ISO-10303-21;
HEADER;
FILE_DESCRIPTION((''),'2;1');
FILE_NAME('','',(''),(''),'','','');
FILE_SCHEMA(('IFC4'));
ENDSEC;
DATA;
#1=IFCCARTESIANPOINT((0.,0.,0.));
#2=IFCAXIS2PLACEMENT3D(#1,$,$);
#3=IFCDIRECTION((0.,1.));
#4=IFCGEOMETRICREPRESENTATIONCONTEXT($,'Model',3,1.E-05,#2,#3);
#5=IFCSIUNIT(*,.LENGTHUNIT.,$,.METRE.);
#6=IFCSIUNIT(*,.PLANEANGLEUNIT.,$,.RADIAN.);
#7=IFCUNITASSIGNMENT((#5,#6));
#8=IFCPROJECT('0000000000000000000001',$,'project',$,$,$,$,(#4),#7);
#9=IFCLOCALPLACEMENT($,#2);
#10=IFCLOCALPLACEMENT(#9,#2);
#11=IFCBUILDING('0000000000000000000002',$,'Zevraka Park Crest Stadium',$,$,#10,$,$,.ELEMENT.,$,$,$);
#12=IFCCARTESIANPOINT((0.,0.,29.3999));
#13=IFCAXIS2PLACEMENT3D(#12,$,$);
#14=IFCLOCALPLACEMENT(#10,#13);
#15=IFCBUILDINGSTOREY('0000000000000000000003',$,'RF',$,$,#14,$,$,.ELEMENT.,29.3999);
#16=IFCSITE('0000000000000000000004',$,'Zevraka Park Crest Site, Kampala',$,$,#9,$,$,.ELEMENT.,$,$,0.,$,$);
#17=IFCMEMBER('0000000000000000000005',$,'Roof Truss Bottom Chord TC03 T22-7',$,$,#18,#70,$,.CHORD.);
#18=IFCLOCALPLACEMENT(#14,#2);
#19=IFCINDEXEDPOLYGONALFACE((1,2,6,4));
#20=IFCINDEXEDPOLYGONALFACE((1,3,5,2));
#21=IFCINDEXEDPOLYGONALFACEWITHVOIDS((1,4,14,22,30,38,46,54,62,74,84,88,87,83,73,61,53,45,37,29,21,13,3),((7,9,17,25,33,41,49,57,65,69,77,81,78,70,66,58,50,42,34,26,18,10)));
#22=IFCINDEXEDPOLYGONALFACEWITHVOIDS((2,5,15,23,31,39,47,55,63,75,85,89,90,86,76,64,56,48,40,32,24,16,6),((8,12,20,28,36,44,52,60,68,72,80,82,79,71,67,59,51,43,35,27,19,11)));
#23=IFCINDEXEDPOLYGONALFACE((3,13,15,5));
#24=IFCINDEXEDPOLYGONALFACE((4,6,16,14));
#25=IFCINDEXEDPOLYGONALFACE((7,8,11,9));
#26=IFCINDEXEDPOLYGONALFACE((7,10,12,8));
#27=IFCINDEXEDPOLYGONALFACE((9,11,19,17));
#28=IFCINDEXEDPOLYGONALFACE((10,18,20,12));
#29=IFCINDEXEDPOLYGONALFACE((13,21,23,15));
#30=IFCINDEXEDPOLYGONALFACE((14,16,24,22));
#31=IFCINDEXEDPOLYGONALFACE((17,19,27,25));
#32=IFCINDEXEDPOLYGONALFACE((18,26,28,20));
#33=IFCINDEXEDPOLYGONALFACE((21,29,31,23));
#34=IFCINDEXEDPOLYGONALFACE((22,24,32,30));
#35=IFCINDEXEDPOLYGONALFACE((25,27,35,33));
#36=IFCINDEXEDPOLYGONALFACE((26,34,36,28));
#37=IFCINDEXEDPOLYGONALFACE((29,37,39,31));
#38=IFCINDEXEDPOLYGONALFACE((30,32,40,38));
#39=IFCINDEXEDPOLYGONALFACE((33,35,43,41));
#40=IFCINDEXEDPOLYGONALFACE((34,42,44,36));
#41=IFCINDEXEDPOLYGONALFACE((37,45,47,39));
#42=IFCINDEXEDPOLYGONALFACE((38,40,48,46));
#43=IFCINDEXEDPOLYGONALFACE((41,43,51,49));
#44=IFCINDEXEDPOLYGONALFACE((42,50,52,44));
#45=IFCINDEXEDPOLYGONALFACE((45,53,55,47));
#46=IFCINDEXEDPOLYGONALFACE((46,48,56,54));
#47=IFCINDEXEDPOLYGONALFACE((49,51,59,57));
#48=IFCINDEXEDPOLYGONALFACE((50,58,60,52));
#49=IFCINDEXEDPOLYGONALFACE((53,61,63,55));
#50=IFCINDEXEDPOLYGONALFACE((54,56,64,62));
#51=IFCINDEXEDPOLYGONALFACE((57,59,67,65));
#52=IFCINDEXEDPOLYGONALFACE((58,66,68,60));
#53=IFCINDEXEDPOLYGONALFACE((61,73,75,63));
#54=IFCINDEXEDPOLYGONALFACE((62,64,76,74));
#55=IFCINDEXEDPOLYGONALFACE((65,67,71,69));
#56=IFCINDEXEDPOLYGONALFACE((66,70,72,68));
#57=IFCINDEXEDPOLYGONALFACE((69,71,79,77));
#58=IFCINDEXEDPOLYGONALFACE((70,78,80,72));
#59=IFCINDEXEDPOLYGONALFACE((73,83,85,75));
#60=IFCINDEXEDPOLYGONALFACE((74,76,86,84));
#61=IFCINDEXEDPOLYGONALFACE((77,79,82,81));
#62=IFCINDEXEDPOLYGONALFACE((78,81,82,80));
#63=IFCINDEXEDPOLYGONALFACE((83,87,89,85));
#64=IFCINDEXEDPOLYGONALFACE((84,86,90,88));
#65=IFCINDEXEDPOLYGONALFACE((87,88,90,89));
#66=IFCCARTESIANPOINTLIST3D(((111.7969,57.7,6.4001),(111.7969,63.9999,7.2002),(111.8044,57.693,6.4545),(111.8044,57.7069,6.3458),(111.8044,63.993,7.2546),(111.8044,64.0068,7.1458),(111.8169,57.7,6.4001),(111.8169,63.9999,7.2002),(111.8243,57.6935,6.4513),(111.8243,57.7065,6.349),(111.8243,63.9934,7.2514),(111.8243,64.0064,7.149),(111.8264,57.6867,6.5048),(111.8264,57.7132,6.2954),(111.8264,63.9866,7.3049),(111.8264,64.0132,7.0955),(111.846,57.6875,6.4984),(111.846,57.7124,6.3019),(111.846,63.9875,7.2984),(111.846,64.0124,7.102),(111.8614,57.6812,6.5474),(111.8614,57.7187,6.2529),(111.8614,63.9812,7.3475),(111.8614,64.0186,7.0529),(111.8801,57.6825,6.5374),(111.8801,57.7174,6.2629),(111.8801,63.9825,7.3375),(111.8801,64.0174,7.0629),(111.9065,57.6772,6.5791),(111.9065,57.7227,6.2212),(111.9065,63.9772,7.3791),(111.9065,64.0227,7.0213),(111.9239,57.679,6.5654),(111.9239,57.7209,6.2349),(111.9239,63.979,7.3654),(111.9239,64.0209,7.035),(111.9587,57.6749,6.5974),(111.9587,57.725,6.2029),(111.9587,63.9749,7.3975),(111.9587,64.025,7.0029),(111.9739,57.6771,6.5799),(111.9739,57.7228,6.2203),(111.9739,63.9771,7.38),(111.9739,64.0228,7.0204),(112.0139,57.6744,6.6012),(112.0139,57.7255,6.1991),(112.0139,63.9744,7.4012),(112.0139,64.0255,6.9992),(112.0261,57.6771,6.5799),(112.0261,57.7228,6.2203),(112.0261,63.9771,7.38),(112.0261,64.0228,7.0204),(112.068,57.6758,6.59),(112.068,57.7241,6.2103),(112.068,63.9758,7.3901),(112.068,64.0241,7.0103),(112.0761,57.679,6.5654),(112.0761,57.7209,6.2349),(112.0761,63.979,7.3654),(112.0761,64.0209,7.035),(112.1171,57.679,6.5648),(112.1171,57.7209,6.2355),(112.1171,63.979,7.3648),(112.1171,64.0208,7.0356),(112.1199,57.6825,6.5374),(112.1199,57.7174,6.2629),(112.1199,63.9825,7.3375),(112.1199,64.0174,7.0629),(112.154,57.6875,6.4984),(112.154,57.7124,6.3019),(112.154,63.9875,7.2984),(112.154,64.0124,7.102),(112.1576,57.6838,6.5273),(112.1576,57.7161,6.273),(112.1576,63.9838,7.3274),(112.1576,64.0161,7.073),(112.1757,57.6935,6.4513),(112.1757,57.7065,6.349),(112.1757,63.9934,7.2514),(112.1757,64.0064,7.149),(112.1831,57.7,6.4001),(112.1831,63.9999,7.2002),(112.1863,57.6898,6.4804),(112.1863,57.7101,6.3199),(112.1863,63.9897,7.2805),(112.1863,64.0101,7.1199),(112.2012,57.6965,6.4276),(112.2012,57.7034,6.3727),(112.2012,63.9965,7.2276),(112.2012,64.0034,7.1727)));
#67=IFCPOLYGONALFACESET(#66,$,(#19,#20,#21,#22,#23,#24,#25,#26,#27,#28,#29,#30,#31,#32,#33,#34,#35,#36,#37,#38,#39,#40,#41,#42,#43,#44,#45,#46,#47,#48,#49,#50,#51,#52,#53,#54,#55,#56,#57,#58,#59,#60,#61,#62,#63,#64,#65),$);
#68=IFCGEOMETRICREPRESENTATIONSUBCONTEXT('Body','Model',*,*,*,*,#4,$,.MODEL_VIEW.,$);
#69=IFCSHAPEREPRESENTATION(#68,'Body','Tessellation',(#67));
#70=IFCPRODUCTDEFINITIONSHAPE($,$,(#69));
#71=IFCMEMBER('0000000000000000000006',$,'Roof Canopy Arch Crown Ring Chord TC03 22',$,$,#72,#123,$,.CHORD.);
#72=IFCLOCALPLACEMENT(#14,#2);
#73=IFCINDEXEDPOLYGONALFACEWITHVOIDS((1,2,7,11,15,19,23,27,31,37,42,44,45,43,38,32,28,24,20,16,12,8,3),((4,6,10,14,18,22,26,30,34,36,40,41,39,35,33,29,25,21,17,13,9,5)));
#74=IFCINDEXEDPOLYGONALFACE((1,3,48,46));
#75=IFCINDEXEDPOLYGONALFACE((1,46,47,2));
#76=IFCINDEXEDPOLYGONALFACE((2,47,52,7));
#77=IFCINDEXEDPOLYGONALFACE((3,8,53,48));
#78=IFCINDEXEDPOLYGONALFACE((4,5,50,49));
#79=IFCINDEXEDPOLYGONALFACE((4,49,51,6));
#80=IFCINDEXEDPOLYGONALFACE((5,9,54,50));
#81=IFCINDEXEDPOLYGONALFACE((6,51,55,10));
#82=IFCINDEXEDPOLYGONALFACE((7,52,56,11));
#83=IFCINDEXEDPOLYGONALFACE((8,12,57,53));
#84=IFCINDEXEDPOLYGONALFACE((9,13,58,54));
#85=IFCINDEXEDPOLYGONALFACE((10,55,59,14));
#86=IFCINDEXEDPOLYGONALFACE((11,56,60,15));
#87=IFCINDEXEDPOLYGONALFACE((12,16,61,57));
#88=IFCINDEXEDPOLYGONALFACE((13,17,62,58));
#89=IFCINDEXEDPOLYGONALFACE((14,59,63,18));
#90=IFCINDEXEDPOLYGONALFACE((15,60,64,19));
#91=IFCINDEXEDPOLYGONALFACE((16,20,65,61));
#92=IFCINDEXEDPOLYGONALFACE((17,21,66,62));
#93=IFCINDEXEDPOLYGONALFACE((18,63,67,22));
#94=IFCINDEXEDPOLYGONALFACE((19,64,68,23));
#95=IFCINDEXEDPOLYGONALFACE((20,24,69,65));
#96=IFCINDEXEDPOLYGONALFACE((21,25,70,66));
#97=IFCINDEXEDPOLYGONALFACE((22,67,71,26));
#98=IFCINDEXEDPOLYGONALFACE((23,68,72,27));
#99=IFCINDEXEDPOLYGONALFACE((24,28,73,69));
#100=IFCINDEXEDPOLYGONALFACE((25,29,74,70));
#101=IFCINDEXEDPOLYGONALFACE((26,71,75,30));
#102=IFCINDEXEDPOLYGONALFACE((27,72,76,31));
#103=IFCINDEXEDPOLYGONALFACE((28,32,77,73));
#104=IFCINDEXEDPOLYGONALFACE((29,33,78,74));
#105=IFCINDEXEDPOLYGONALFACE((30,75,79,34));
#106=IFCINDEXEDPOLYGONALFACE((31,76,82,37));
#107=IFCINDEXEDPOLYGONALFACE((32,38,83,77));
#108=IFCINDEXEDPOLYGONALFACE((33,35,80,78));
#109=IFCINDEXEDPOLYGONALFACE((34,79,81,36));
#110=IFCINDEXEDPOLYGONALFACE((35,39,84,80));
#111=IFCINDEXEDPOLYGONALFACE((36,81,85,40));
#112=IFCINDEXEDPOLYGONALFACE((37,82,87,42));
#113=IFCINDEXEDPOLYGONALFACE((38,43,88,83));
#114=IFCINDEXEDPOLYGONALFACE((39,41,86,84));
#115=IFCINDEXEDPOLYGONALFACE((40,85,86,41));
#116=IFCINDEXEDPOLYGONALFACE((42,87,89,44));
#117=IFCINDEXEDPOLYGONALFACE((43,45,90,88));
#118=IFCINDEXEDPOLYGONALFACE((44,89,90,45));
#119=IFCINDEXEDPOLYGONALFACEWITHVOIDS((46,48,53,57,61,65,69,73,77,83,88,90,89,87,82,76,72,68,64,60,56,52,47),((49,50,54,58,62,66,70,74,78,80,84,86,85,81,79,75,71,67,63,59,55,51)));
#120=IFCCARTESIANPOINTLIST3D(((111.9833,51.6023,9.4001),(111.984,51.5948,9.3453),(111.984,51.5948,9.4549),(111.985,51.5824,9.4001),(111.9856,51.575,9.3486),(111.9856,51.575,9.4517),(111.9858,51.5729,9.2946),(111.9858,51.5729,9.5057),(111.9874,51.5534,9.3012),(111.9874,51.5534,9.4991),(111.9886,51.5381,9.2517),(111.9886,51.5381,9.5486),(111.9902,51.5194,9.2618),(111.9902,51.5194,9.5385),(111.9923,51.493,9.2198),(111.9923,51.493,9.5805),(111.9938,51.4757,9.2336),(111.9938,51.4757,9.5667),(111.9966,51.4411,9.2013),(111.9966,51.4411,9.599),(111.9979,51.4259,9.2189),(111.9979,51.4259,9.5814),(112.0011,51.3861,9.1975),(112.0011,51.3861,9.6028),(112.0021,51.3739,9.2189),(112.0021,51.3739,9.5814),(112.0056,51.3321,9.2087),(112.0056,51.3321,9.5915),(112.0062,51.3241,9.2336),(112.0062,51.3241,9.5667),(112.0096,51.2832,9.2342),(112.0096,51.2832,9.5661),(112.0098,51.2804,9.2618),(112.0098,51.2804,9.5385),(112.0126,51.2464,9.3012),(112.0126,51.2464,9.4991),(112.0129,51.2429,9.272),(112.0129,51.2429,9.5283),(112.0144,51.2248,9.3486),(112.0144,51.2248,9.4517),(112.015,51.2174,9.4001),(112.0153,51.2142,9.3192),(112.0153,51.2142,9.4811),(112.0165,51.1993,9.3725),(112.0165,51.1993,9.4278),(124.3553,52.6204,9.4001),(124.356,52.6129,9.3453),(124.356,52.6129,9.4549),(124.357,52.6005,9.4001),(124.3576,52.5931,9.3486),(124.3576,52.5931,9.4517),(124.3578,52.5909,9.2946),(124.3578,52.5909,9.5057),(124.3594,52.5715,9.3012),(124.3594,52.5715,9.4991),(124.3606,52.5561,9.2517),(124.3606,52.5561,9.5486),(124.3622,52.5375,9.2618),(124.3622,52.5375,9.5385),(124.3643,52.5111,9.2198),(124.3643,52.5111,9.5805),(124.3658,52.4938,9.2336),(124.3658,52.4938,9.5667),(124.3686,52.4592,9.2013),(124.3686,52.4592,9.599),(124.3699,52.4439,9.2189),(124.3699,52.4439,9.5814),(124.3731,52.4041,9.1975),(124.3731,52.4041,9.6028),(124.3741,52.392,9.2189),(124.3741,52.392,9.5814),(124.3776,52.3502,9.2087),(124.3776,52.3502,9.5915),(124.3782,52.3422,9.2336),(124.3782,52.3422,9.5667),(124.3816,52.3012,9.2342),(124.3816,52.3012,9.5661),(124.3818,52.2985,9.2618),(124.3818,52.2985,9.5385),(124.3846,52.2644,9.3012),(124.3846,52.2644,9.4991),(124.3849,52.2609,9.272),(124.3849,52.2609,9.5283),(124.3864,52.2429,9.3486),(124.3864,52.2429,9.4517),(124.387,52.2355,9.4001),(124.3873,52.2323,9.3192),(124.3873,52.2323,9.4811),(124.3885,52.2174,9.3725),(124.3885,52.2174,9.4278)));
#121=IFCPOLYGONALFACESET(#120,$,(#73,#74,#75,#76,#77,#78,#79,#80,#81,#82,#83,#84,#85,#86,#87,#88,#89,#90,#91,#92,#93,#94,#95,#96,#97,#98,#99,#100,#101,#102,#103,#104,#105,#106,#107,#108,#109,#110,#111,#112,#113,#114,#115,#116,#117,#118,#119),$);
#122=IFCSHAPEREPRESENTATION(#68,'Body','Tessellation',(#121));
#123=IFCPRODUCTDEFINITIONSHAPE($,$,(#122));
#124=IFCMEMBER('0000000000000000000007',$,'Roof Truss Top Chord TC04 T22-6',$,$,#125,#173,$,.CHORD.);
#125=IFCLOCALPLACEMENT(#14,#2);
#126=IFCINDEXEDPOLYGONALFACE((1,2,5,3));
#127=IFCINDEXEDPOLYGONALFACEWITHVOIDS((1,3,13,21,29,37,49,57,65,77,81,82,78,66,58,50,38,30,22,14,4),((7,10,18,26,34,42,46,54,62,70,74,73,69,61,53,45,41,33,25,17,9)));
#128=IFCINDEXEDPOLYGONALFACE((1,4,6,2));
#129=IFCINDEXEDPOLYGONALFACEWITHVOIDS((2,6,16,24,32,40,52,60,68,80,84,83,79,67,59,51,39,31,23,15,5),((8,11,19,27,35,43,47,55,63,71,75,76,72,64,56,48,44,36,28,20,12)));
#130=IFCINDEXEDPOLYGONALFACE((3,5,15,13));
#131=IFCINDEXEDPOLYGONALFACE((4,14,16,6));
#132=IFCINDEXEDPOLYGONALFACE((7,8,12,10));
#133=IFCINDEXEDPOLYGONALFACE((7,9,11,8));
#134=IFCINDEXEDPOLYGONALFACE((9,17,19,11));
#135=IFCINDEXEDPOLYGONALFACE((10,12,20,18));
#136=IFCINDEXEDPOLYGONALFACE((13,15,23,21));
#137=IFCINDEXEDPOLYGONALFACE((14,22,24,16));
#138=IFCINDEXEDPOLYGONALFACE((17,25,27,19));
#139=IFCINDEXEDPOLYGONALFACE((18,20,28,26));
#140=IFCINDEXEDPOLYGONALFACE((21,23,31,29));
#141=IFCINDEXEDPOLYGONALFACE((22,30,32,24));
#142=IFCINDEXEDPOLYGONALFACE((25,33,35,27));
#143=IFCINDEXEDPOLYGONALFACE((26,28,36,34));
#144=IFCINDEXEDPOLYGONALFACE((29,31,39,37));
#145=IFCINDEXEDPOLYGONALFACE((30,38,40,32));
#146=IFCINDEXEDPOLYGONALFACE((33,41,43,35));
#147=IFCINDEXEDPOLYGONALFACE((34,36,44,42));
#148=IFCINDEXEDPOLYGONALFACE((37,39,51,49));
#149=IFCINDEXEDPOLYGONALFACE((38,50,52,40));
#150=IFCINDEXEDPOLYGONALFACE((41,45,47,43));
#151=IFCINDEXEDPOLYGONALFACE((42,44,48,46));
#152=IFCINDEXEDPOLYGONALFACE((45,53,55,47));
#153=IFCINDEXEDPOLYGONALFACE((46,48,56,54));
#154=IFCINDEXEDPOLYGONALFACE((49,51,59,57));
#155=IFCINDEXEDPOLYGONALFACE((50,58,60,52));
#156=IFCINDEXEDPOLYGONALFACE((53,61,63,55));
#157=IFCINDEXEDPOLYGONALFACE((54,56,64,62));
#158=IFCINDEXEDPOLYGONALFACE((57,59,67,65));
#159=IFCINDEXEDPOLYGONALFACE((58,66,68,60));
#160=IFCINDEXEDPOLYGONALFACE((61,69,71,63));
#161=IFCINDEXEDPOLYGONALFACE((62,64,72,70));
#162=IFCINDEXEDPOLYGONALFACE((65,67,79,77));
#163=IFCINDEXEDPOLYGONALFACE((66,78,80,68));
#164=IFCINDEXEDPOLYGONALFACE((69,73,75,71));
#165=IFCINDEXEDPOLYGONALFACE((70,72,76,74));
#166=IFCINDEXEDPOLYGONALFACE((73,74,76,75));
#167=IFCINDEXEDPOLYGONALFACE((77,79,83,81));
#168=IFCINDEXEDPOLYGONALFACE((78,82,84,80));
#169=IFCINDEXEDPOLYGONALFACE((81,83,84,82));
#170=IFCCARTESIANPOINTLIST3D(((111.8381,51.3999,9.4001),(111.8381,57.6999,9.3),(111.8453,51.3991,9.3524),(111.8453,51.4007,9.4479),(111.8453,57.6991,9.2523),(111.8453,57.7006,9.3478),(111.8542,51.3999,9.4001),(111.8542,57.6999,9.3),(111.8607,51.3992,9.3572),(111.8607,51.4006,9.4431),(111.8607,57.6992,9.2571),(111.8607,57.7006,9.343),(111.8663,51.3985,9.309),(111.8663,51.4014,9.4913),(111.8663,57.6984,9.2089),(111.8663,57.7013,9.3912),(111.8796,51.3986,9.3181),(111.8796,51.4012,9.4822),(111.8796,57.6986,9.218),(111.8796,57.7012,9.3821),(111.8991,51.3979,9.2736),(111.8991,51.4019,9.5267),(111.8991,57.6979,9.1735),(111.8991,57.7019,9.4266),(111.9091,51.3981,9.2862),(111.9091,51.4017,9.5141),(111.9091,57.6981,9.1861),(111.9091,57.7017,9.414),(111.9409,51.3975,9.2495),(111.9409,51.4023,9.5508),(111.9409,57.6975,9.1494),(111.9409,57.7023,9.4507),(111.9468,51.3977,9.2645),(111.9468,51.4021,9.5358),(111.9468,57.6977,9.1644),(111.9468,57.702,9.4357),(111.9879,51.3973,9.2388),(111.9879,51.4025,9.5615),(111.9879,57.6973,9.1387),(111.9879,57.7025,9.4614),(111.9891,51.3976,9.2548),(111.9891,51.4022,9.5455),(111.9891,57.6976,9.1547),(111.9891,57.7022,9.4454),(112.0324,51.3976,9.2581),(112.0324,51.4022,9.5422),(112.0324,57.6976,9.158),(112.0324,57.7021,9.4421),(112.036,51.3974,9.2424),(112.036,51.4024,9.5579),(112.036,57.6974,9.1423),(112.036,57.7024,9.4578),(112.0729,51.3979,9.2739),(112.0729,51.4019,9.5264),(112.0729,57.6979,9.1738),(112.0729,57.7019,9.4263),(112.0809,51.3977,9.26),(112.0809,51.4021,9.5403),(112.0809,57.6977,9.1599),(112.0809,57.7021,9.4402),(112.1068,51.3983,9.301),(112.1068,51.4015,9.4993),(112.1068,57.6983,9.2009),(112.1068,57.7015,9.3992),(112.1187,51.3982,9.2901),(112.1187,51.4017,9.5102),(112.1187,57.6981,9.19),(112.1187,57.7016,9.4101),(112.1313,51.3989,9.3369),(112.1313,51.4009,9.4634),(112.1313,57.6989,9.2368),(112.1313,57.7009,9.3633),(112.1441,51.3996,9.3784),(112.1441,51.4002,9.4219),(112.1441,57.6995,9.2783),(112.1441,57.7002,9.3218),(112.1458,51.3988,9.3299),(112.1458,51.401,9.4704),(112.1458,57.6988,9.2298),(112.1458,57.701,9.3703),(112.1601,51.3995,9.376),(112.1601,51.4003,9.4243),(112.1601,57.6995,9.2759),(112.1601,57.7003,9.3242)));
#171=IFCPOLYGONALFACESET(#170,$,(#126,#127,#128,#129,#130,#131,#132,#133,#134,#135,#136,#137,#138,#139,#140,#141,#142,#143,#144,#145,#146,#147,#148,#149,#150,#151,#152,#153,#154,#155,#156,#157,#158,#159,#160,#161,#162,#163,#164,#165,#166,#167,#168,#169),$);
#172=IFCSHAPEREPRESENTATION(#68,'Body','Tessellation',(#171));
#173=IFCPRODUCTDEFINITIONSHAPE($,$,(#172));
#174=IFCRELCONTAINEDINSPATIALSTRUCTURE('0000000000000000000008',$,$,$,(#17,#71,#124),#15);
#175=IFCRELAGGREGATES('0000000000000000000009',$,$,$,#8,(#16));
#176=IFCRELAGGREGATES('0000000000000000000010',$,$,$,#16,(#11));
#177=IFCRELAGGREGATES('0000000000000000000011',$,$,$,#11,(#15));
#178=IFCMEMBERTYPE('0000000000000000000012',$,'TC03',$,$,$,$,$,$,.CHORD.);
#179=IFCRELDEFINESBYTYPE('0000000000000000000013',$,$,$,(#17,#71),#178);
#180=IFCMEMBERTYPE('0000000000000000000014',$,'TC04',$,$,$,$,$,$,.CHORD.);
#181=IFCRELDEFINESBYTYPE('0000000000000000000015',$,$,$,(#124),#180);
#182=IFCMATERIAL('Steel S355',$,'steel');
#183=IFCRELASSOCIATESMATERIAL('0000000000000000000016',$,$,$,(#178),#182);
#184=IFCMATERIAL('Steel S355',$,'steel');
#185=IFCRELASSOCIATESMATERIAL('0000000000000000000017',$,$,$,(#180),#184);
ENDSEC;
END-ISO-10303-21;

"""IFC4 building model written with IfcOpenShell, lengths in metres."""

from ifc_helpers import new_model, si_unit, direction, frame, origin, origin_2d, place, context, subcontext, project, spatial, hollow_circle, extrude, material, material_profile, profile_set, type_object, element, save


model = new_model("IFC4")

# Units and contexts
model_context = context("Model", 3, precision=1e-05, world=origin(), true_north=direction((0.0, 1.0)))
body_context = subcontext(model_context, "Body", "Model", "MODEL_VIEW")
ifc_project = project(units=[si_unit("LENGTHUNIT", "METRE"), si_unit("PLANEANGLEUNIT", "RADIAN")], contexts=[model_context])

# Site, building, storey
site_placement = place(None, origin())
site = spatial("IfcSite", under=ifc_project, at=site_placement, Name="Zevraka Park Crest Site, Kampala", CompositionType="ELEMENT", RefElevation=0.0)
building_placement = place(site_placement, origin())
building = spatial("IfcBuilding", under=site, at=building_placement, Name="Zevraka Park Crest Stadium", CompositionType="ELEMENT")
storey_placement = place(building_placement, frame((0.0, 0.0, 29.3999)))
storey = spatial("IfcBuildingStorey", under=building, at=storey_placement, Name="RF", CompositionType="ELEMENT", Elevation=29.3999)

# Members
ifc_material_1 = material(Name="Steel S355", Category="steel")
ifc_material_profile_1 = material_profile(ifc_material_1, hollow_circle(Radius=0.2031, WallThickness=0.02, at=origin_2d()), Name="CHS 406.4x20")
ifc_profile_set_1 = profile_set([ifc_material_profile_1], Name="Steel S355")
member_type_1 = type_object("IfcMemberType", Name="TC03", PredefinedType="CHORD", material=ifc_profile_set_1)
member_1_placement = place(storey_placement, frame((112.0, 57.7, 6.4001), z_axis=(0.0, 0.992033, 0.125979), x_axis=(-1.0, 0.0, 0.0)))
element("IfcMember", 1, at=member_1_placement, inside=storey, type_object=member_type_1, Name="Roof Truss Bottom Chord TC03 T22-7", PredefinedType="CHORD", context=body_context, shape_type="SweptSolid", body=[
    extrude(hollow_circle(Radius=0.2031, WallThickness=0.02, at=origin_2d()), origin(), (0.0, 0.0, 1.0), 6.3506),
])
member_2_placement = place(storey_placement, frame((112.0, 51.3999, 9.4001), z_axis=(0.996631, 0.08201, 0.0), x_axis=(-0.08201, 0.996631, 0.0)))
element("IfcMember", 2, at=member_2_placement, inside=storey, type_object=member_type_1, Name="Roof Canopy Arch Crown Ring Chord TC03 22", PredefinedType="CHORD", context=body_context, shape_type="SweptSolid", body=[
    extrude(hollow_circle(Radius=0.2031, WallThickness=0.02, at=origin_2d()), origin(), (0.0, 0.0, 1.0), 12.4138),
])
ifc_material_2 = material(Name="Steel S355", Category="steel")
ifc_material_profile_2 = material_profile(ifc_material_2, hollow_circle(Radius=0.1619, WallThickness=0.0161, at=origin_2d()), Name="CHS 323.9x16")
ifc_profile_set_2 = profile_set([ifc_material_profile_2], Name="Steel S355")
member_type_2 = type_object("IfcMemberType", Name="TC04", PredefinedType="CHORD", material=ifc_profile_set_2)
member_3_placement = place(storey_placement, frame((112.0, 51.3999, 9.4001), z_axis=(0.0, 0.999874, -0.015886), x_axis=(-1.0, 0.0, 0.0)))
element("IfcMember", 3, at=member_3_placement, inside=storey, type_object=member_type_2, Name="Roof Truss Top Chord TC04 T22-6", PredefinedType="CHORD", context=body_context, shape_type="SweptSolid", body=[
    extrude(hollow_circle(Radius=0.1619, WallThickness=0.0161, at=origin_2d()), origin(), (0.0, 0.0, 1.0), 6.3008),
])

save(model, "model.ifc")
